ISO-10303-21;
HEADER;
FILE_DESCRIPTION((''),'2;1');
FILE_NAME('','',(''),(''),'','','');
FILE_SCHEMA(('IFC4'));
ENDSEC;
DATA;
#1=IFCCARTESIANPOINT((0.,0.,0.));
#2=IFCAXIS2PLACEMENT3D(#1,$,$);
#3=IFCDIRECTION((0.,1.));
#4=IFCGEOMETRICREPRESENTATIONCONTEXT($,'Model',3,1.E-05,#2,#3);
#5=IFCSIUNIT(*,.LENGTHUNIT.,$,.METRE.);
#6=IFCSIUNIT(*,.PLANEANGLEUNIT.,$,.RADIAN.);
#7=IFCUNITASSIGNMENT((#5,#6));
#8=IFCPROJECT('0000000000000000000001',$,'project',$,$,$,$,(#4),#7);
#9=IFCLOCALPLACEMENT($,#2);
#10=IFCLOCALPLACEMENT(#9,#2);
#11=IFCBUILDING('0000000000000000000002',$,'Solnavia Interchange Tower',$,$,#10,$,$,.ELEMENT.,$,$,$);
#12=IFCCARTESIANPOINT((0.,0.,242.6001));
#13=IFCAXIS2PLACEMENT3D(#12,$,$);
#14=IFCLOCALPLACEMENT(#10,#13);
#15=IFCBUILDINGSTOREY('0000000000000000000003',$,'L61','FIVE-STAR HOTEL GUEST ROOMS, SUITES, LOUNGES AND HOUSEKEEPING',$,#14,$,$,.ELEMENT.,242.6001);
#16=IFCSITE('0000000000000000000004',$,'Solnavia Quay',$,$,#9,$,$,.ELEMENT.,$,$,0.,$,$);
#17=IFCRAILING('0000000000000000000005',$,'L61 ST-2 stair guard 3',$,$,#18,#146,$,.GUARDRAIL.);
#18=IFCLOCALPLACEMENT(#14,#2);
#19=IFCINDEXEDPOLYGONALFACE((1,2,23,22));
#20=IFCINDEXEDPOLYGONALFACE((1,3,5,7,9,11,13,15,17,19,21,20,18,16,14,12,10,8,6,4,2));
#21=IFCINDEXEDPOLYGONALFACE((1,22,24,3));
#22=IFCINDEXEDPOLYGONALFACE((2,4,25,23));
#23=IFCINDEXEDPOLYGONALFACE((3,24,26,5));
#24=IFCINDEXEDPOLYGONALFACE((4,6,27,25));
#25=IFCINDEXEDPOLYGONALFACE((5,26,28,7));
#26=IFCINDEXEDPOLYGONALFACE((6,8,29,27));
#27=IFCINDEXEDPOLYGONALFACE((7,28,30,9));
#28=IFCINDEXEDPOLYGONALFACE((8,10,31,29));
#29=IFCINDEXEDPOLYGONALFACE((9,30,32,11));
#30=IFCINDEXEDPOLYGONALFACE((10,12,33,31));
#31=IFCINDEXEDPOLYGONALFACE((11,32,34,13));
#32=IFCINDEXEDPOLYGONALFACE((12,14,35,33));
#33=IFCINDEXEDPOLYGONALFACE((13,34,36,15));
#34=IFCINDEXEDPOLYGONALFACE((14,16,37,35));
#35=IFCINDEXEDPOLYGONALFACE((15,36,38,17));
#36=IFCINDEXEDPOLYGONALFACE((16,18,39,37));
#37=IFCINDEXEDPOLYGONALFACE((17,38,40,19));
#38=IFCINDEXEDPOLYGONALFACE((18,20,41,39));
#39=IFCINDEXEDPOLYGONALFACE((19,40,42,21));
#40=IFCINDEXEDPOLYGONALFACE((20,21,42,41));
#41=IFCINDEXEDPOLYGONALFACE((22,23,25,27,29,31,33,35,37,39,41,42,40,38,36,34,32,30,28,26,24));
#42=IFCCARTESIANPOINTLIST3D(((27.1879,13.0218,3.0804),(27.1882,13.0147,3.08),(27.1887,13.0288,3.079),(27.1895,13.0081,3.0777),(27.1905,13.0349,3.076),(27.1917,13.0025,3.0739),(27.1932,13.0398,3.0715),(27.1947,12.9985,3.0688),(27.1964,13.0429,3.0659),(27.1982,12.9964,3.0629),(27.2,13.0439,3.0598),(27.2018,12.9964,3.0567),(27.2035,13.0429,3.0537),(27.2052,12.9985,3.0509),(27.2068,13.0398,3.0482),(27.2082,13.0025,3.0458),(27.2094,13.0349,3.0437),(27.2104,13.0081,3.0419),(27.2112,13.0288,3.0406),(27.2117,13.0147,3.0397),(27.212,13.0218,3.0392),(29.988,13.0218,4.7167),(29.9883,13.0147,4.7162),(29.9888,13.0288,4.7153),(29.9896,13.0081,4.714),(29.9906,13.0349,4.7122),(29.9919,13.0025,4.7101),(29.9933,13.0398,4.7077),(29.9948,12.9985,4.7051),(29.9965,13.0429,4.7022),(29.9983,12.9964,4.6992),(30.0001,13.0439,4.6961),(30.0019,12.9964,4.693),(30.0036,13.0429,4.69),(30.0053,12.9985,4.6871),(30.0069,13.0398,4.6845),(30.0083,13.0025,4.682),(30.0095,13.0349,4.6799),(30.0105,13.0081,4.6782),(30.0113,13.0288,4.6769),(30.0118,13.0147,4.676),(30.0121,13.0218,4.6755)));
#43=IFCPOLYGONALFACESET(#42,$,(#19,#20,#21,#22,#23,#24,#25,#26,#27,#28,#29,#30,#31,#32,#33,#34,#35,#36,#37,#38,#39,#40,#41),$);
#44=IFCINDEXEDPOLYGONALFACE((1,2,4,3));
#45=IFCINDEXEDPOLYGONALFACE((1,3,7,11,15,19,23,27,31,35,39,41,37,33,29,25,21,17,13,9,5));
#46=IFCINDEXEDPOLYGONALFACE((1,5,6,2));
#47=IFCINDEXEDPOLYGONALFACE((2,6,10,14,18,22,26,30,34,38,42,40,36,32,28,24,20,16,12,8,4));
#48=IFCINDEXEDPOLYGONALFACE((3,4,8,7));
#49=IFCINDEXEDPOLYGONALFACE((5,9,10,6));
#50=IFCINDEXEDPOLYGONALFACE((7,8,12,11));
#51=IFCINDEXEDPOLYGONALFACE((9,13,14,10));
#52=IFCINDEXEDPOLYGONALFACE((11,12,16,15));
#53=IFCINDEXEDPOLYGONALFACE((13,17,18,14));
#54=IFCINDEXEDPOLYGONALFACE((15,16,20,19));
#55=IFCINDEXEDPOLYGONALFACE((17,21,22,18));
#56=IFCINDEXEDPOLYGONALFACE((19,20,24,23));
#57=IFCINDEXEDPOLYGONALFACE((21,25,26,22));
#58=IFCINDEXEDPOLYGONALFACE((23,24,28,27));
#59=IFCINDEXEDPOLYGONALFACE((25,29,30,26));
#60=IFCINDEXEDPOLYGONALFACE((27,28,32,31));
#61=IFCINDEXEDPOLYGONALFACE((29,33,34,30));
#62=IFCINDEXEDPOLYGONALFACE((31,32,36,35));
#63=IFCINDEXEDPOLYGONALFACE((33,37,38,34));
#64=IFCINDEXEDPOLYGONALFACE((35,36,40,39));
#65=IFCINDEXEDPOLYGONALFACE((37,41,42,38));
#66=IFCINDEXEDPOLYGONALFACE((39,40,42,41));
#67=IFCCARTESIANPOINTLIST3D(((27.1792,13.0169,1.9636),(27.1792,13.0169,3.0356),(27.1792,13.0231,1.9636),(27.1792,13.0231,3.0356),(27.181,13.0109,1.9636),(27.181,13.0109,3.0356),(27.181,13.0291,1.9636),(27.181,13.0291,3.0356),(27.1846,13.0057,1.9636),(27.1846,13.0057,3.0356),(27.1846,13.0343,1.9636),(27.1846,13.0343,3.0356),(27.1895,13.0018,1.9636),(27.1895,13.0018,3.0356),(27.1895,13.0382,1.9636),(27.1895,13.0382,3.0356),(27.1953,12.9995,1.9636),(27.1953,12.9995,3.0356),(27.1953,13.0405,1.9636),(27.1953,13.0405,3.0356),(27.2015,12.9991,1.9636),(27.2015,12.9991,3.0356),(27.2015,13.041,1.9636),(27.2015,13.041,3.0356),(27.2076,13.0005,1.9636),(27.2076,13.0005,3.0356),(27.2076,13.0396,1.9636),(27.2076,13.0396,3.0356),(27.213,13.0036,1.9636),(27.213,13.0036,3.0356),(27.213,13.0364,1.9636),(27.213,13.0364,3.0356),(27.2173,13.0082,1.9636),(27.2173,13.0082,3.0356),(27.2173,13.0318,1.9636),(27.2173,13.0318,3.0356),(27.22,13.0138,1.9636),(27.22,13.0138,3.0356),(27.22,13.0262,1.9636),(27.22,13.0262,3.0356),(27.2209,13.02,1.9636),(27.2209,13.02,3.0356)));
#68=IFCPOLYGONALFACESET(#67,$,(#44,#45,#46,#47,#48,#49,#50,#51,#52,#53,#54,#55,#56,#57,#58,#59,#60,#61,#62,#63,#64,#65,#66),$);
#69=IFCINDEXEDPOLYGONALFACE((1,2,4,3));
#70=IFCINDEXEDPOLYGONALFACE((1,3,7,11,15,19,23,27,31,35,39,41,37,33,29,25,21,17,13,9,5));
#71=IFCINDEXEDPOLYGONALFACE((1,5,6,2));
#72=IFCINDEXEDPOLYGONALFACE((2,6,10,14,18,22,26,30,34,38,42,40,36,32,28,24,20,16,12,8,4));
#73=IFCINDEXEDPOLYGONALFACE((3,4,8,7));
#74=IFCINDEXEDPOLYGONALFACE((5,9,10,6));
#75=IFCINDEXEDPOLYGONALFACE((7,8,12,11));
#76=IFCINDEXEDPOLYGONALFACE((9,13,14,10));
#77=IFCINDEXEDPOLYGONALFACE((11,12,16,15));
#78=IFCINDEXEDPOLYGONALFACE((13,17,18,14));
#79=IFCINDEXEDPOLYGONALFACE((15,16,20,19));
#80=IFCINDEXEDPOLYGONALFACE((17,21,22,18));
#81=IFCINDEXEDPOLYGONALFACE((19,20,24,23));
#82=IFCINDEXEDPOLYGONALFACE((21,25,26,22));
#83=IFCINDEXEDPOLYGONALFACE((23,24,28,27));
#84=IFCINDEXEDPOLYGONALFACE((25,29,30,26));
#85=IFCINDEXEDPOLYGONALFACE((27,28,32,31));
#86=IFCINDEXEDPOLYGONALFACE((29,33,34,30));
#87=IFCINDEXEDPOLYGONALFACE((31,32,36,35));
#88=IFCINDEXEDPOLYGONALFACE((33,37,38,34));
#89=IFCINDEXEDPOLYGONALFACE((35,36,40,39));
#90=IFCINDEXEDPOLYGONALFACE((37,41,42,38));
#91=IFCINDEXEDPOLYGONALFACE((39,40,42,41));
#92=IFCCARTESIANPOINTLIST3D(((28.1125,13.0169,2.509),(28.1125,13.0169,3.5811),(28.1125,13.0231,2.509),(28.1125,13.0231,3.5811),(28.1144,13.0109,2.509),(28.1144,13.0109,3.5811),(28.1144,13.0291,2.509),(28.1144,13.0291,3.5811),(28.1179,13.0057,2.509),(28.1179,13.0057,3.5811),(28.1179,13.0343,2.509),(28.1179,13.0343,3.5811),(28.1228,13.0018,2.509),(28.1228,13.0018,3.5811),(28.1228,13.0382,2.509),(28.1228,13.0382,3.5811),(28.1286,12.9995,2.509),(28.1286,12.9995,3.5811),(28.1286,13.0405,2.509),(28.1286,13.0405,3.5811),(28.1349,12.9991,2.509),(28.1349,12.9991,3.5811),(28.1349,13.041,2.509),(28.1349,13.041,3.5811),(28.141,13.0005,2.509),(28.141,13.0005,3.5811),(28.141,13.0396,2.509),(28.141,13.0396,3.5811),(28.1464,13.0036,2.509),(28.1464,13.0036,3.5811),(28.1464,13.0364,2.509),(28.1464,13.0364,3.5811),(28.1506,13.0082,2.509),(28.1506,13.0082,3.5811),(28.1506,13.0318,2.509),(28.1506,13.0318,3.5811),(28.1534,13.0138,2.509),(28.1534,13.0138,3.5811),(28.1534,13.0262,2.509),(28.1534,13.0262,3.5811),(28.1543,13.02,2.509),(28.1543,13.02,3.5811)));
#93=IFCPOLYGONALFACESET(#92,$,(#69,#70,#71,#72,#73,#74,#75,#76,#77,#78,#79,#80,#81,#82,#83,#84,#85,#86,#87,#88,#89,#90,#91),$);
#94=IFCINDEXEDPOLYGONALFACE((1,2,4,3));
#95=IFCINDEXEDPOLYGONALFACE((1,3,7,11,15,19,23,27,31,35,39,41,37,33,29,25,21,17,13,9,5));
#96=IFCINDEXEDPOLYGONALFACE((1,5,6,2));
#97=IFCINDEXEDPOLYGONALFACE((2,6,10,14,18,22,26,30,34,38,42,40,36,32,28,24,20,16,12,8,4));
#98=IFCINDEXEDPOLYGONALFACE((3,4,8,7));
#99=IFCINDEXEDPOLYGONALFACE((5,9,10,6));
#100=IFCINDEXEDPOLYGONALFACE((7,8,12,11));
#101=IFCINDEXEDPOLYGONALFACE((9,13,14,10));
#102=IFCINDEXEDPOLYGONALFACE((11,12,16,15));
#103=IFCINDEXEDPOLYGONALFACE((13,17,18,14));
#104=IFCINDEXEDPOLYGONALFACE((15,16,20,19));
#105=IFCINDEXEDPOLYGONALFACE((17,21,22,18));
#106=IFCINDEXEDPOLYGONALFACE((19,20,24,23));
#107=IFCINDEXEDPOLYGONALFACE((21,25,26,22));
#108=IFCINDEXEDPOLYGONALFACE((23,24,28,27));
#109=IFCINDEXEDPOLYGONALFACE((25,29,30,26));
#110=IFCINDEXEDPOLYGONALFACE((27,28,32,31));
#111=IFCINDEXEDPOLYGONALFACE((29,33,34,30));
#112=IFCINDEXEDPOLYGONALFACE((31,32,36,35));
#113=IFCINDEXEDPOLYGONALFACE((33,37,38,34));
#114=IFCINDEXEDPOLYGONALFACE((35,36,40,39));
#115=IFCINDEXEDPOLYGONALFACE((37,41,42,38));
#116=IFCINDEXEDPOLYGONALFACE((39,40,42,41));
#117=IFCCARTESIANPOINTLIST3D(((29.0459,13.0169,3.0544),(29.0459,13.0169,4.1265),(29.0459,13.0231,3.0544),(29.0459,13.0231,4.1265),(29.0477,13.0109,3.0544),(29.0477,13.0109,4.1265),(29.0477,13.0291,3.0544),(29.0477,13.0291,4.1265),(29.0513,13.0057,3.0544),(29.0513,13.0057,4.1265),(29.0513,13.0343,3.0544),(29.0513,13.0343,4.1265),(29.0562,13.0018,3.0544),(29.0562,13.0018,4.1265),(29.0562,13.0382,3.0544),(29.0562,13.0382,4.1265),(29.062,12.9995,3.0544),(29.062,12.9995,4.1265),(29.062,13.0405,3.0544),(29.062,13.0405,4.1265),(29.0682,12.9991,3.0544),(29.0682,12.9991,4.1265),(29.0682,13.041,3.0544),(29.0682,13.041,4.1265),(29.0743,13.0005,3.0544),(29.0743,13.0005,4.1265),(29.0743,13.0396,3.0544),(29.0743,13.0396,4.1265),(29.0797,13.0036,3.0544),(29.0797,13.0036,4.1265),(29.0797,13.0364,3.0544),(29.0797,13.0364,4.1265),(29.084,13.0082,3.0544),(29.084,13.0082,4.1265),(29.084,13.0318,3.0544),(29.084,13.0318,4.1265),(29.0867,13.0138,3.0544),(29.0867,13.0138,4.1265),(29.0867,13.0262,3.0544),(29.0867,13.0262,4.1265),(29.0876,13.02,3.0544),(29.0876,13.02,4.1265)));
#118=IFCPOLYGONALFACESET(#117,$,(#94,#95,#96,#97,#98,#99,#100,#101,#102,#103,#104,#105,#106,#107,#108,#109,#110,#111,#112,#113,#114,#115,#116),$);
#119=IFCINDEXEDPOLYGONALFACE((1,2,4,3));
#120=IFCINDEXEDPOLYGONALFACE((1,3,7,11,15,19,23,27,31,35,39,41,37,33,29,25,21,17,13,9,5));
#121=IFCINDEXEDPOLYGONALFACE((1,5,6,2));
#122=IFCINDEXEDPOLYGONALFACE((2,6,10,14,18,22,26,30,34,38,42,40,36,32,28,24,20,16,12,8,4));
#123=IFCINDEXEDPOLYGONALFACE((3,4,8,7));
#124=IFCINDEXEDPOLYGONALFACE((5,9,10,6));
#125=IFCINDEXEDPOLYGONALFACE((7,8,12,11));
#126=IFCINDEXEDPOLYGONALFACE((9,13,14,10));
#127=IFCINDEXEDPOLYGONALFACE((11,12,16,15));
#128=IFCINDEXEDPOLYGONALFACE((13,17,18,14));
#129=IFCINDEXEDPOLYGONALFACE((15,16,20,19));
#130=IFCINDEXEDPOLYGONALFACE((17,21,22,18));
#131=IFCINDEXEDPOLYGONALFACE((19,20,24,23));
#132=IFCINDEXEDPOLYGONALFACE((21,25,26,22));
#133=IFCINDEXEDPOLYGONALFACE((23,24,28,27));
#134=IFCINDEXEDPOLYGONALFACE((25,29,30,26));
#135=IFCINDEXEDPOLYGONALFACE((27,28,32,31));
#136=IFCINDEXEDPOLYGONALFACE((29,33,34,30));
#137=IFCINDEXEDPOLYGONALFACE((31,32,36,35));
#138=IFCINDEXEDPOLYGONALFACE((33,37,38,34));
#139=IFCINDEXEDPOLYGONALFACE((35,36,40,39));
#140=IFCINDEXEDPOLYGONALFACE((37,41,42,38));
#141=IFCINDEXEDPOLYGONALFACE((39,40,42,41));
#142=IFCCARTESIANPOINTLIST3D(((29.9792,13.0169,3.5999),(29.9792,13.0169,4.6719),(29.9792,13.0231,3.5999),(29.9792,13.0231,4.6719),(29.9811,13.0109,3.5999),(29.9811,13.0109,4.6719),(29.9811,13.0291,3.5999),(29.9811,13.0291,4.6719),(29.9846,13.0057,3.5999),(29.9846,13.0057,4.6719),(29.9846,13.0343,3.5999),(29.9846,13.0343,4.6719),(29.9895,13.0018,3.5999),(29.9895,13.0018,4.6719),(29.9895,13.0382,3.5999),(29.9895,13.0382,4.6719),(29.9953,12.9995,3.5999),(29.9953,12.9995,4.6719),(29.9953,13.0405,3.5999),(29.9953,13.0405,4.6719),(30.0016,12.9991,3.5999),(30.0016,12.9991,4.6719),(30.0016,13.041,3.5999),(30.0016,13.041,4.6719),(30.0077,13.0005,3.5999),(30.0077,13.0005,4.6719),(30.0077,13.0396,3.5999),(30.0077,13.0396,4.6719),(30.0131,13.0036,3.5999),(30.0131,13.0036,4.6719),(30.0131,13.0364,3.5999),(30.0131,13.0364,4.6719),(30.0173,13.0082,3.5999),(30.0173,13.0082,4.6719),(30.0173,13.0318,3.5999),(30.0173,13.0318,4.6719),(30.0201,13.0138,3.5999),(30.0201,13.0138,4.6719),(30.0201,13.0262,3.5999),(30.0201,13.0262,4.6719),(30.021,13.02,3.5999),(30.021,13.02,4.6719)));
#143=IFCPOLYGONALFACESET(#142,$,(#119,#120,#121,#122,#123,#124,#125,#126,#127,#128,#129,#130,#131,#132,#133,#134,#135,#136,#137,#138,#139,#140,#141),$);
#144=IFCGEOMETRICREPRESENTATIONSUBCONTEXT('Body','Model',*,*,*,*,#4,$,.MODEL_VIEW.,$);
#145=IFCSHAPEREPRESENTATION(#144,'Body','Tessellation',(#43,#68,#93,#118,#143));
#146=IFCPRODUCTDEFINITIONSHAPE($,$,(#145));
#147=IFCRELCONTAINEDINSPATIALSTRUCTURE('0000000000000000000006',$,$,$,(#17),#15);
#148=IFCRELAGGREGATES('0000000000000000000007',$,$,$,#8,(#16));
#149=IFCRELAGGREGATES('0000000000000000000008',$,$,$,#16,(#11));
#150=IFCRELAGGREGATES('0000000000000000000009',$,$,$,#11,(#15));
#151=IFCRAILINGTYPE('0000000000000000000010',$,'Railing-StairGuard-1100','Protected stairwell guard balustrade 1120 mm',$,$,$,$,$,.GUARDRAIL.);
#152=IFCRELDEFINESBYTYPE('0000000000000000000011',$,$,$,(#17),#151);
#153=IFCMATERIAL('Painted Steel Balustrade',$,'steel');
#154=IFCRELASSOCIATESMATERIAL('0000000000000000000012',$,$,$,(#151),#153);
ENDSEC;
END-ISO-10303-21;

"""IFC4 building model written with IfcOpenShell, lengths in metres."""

from ifc_helpers import new_model, si_unit, direction, frame, origin, origin_2d, place, context, subcontext, project, spatial, circle, extrude, material, type_object, element, save


model = new_model("IFC4")

# Units and contexts
model_context = context("Model", 3, precision=1e-05, world=origin(), true_north=direction((0.0, 1.0)))
body_context = subcontext(model_context, "Body", "Model", "MODEL_VIEW")
ifc_project = project(units=[si_unit("LENGTHUNIT", "METRE"), si_unit("PLANEANGLEUNIT", "RADIAN")], contexts=[model_context])

# Site, building, storey
site_placement = place(None, origin())
site = spatial("IfcSite", under=ifc_project, at=site_placement, Name="Solnavia Quay", CompositionType="ELEMENT", RefElevation=0.0)
building_placement = place(site_placement, origin())
building = spatial("IfcBuilding", under=site, at=building_placement, Name="Solnavia Interchange Tower", CompositionType="ELEMENT")
storey_placement = place(building_placement, frame((0.0, 0.0, 242.6001)))
storey = spatial("IfcBuildingStorey", under=building, at=storey_placement, Name="L61", Description="FIVE-STAR HOTEL GUEST ROOMS, SUITES, LOUNGES AND HOUSEKEEPING", CompositionType="ELEMENT", Elevation=242.6001)

# Railing
ifc_material_1 = material(Name="Painted Steel Balustrade", Category="steel")
railing_type_1 = type_object("IfcRailingType", Name="Railing-StairGuard-1100", Description="Protected stairwell guard balustrade 1120 mm", PredefinedType="GUARDRAIL", material=ifc_material_1)
railing_1_placement = place(storey_placement, frame((27.2, 13.02, 1.9636)))
element("IfcRailing", 1, at=railing_1_placement, inside=storey, type_object=railing_type_1, Name="L61 ST-2 stair guard 3", PredefinedType="GUARDRAIL", context=body_context, shape_type="SweptSolid", body=[
    extrude(circle(Radius=0.0239, at=origin_2d()), frame((0.0, 0.0, 1.0962), z_axis=(0.863394, 0.0, 0.504531), x_axis=(0.0, 1.0, 0.0)), (0.0, 0.0, 1.0), 3.2432),
    extrude(circle(Radius=0.021, at=origin_2d()), origin(), (0.0, 0.0, 1.0), 1.072),
    extrude(circle(Radius=0.021, at=origin_2d()), frame((0.9333, 0.0, 0.5454)), (0.0, 0.0, 1.0), 1.072),
    extrude(circle(Radius=0.021, at=origin_2d()), frame((1.8667, 0.0, 1.0908)), (0.0, 0.0, 1.0), 1.072),
    extrude(circle(Radius=0.021, at=origin_2d()), frame((2.8, 0.0, 1.6362)), (0.0, 0.0, 1.0), 1.072),
])

save(model, "model.ifc")
